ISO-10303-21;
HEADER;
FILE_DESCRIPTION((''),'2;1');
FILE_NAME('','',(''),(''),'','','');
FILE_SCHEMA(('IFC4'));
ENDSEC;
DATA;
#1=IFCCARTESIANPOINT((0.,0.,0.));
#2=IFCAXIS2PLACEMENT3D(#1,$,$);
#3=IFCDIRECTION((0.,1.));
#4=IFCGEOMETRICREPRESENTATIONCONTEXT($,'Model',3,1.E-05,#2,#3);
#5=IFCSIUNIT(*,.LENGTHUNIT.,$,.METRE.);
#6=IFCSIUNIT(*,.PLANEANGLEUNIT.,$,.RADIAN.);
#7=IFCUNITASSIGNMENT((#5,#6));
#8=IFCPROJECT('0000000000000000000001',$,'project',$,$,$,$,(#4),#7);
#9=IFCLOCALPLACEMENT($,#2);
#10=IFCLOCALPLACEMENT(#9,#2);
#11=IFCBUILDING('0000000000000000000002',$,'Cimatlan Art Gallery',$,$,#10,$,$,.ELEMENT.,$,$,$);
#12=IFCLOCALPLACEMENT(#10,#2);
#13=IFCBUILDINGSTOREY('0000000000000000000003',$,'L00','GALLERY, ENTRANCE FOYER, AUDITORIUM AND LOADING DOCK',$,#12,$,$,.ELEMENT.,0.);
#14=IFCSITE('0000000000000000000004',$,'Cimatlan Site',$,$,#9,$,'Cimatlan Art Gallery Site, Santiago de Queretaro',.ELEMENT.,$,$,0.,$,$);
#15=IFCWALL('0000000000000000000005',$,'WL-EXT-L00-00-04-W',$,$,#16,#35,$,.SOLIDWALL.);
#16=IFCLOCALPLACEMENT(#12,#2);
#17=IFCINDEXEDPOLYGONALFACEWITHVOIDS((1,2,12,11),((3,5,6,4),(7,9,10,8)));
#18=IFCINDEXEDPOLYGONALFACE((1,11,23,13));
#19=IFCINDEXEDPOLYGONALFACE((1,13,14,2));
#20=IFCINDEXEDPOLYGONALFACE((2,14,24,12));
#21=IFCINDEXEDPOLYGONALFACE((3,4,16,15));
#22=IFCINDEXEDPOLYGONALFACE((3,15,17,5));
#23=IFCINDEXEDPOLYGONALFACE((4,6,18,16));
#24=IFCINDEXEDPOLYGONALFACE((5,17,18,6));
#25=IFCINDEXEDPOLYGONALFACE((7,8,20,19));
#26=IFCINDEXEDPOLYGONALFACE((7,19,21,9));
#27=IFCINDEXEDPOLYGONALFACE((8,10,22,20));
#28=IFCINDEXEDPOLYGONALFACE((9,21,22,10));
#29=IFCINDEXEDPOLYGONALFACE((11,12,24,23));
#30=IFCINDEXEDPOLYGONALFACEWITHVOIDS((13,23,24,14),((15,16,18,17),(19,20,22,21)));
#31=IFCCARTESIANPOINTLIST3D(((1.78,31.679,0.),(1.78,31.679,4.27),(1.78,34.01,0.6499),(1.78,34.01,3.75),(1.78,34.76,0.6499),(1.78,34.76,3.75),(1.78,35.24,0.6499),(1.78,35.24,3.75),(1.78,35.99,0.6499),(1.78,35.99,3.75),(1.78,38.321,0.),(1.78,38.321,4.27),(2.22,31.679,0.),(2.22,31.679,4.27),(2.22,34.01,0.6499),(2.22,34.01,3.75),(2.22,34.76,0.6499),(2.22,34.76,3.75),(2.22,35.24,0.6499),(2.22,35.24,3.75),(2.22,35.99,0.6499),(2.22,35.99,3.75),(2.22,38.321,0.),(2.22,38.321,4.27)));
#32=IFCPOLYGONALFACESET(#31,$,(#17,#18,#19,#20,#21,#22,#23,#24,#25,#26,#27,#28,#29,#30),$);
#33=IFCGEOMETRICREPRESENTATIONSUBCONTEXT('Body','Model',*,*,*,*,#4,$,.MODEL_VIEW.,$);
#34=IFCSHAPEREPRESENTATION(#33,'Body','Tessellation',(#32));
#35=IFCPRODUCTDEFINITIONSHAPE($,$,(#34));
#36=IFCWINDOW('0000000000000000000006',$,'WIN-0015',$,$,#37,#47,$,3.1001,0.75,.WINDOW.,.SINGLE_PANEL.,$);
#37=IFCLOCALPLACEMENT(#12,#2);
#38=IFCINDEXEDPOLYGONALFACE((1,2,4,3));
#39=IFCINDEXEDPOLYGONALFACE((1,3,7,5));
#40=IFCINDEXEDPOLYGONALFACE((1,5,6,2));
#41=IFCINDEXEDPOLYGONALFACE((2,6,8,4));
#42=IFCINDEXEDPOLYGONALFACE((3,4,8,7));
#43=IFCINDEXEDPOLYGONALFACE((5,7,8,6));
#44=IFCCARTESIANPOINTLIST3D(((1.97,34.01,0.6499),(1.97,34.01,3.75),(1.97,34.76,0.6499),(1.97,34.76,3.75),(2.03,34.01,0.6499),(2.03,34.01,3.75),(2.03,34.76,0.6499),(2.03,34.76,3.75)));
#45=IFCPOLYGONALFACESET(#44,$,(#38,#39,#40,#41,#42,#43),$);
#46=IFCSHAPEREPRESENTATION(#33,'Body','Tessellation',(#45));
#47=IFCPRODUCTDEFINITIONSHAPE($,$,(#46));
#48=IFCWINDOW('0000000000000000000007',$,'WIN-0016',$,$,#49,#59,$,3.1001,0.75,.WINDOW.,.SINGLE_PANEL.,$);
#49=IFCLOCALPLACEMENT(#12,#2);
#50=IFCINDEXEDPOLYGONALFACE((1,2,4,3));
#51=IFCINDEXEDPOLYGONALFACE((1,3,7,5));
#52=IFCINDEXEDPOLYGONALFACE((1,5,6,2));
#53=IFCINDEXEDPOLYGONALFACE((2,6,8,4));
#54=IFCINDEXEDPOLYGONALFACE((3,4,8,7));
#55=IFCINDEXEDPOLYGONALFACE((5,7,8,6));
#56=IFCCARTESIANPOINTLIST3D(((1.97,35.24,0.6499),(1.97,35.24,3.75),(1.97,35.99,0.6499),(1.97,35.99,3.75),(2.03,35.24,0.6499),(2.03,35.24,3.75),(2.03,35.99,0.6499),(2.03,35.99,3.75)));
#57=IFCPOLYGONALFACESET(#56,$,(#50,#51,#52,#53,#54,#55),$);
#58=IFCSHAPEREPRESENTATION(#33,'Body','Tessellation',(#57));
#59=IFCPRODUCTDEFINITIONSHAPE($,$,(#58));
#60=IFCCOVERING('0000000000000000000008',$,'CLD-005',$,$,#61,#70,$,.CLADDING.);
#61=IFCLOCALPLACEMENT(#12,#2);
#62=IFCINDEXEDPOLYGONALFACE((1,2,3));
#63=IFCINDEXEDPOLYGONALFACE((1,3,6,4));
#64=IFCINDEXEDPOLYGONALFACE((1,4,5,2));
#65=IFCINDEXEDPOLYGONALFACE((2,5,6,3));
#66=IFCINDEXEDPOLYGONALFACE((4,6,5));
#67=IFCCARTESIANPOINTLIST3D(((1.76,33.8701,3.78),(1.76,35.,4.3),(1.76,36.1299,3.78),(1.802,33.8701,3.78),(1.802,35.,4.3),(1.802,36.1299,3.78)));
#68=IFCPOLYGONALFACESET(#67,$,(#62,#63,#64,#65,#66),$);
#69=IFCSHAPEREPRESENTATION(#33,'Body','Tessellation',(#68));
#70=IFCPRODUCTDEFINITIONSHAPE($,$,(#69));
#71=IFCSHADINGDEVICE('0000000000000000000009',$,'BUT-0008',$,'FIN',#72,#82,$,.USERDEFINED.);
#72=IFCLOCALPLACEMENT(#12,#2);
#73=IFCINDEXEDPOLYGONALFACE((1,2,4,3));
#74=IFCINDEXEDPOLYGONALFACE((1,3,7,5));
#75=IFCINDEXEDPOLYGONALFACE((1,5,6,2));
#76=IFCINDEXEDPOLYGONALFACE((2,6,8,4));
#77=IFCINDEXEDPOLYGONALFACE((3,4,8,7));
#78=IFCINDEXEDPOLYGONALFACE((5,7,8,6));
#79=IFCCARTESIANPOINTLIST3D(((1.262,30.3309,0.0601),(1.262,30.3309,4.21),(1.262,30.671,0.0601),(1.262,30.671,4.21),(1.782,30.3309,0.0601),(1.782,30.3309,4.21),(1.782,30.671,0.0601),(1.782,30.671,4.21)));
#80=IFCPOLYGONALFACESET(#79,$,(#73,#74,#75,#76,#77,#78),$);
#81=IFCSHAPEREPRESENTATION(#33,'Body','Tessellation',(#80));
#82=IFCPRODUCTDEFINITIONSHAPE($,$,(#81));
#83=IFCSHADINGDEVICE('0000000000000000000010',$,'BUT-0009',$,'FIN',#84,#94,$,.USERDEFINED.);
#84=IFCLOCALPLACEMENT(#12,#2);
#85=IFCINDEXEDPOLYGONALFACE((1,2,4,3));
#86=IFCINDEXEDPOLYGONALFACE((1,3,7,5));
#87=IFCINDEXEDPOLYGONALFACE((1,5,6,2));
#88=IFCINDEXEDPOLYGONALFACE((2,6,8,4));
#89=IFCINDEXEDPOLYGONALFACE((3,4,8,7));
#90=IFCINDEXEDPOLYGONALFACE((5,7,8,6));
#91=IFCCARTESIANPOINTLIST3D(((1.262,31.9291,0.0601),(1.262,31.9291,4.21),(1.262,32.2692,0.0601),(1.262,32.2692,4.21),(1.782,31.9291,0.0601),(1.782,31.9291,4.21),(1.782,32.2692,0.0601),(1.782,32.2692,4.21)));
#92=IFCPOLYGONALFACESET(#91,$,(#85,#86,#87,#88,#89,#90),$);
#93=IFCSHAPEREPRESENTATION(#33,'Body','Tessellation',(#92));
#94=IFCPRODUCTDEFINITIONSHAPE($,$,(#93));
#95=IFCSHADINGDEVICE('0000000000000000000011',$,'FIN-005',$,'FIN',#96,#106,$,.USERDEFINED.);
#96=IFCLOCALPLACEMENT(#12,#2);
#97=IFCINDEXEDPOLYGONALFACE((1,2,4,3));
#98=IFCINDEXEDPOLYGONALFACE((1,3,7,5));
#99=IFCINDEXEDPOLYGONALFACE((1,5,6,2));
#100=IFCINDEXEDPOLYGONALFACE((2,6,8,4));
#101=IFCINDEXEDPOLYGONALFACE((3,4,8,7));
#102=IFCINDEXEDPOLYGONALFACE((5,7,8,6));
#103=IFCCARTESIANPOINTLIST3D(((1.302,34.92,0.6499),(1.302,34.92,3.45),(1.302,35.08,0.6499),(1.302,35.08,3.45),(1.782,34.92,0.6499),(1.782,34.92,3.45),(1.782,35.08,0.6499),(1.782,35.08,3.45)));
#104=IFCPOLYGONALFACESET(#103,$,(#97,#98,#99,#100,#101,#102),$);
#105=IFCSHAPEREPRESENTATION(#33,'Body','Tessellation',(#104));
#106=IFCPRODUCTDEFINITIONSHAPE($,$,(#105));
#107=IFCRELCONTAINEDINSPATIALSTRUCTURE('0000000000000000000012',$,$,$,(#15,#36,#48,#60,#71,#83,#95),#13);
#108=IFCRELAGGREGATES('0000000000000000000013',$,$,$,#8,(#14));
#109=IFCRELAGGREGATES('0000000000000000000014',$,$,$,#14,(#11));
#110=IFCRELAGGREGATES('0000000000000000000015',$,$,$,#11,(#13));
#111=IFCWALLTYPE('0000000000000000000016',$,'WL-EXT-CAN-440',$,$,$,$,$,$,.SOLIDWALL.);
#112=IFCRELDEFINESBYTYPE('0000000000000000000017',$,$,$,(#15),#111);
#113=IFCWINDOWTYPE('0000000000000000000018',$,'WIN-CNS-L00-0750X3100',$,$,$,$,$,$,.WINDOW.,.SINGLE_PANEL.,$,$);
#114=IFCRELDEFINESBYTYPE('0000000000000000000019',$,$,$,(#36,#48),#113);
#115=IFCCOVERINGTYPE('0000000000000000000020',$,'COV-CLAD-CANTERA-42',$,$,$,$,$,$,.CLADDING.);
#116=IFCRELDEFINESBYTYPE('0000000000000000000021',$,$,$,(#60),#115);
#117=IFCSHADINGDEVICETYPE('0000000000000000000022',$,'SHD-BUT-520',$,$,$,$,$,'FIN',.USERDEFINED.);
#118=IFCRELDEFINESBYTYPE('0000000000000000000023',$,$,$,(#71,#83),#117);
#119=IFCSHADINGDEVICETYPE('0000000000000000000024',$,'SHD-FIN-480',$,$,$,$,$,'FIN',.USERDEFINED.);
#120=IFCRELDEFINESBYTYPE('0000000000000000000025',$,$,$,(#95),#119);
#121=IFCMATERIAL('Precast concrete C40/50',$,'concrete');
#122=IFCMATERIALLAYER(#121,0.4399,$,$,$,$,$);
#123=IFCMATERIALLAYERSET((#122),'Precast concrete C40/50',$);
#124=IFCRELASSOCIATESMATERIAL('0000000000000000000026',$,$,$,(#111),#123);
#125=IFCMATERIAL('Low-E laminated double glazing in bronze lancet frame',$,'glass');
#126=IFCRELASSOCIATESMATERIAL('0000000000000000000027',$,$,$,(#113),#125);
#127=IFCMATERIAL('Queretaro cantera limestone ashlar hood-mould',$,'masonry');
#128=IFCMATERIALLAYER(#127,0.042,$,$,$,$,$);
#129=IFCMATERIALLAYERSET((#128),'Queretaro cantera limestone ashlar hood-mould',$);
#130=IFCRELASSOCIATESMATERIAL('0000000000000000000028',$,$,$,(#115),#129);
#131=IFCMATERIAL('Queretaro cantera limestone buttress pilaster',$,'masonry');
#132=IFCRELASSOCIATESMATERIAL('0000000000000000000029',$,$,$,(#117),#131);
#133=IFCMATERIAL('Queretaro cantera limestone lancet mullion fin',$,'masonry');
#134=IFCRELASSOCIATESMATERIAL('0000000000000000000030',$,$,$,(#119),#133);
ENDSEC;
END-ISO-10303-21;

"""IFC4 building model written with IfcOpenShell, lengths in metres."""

from ifc_helpers import new_model, si_unit, direction, frame, frame_2d, origin, origin_2d, place, context, subcontext, project, spatial, polyline, rectangle, outline, extrude, material, layer, layer_set, type_object, element, fill, save


model = new_model("IFC4")

# Units and contexts
model_context = context("Model", 3, precision=1e-05, world=origin(), true_north=direction((0.0, 1.0)))
body_context = subcontext(model_context, "Body", "Model", "MODEL_VIEW")
ifc_project = project(units=[si_unit("LENGTHUNIT", "METRE"), si_unit("PLANEANGLEUNIT", "RADIAN")], contexts=[model_context])

# Site, building, storey
site_placement = place(None, origin())
site = spatial("IfcSite", under=ifc_project, at=site_placement, Name="Cimatlan Site", LongName="Cimatlan Art Gallery Site, Santiago de Queretaro", CompositionType="ELEMENT", RefElevation=0.0)
building_placement = place(site_placement, origin())
building = spatial("IfcBuilding", under=site, at=building_placement, Name="Cimatlan Art Gallery", CompositionType="ELEMENT")
storey_placement = place(building_placement, origin())
storey = spatial("IfcBuildingStorey", under=building, at=storey_placement, Name="L00", Description="GALLERY, ENTRANCE FOYER, AUDITORIUM AND LOADING DOCK", CompositionType="ELEMENT", Elevation=0.0)

# Shared definitions
ifc_material_1 = material(Name="Precast concrete C40/50", Category="concrete")

# Wall, openings, windows
ifc_layer_1 = layer(ifc_material_1, 0.4399)
ifc_layer_set_1 = layer_set([ifc_layer_1], Name="Precast concrete C40/50")
wall_type_1 = type_object("IfcWallType", Name="WL-EXT-CAN-440", PredefinedType="SOLIDWALL", material=ifc_layer_set_1)
wall_1_placement = place(storey_placement, frame((2.0, 31.679, 0.0), z_axis=(0.0, 0.0, 1.0), x_axis=(0.0, 1.0, 0.0)))
wall_1 = element("IfcWall", 1, at=wall_1_placement, inside=storey, type_object=wall_type_1, Name="WL-EXT-L00-00-04-W", PredefinedType="SOLIDWALL", context=body_context, shape_type="SweptSolid", body=[
    extrude(rectangle(XDim=6.6421, YDim=0.4399, at=frame_2d((3.321, 0.0))), origin(), (0.0, 0.0, 1.0), 4.27),
])
opening_1_placement = place(wall_1_placement, frame((2.3311, 0.0, 0.6499)))
opening_1 = element("IfcOpeningElement", 2, at=opening_1_placement, cuts=wall_1, PredefinedType="OPENING", context=body_context, shape_type="SweptSolid", body=[
    extrude(rectangle(XDim=0.75, YDim=3.1001, at=frame_2d((0.375, 1.55))), frame((0.0, 0.23, 0.0), z_axis=(0.0, -1.0, 0.0), x_axis=(1.0, 0.0, 0.0)), (0.0, 0.0, 1.0), 0.46),
])
opening_2_placement = place(wall_1_placement, frame((3.561, 0.0, 0.6499)))
opening_2 = element("IfcOpeningElement", 3, at=opening_2_placement, cuts=wall_1, PredefinedType="OPENING", context=body_context, shape_type="SweptSolid", body=[
    extrude(rectangle(XDim=0.75, YDim=3.1001, at=frame_2d((0.375, 1.55))), frame((0.0, 0.23, 0.0), z_axis=(0.0, -1.0, 0.0), x_axis=(1.0, 0.0, 0.0)), (0.0, 0.0, 1.0), 0.46),
])
ifc_material_2 = material(Name="Low-E laminated double glazing in bronze lancet frame", Category="glass")
window_type = type_object("IfcWindowType", Name="WIN-CNS-L00-0750X3100", PartitioningType="SINGLE_PANEL", PredefinedType="WINDOW", material=ifc_material_2)
window_1_placement = place(opening_1_placement, origin())
window_1 = element("IfcWindow", 4, at=window_1_placement, inside=storey, type_object=window_type, Name="WIN-0015", OverallHeight=3.1001, OverallWidth=0.75, PartitioningType="SINGLE_PANEL", PredefinedType="WINDOW", context=body_context, shape_type="SweptSolid", body=[
    extrude(rectangle(XDim=0.75, YDim=3.1001, at=frame_2d((0.375, 1.55))), frame((0.0, 0.03, 0.0), z_axis=(0.0, -1.0, 0.0), x_axis=(1.0, 0.0, 0.0)), (0.0, 0.0, 1.0), 0.0601),
])
fill(opening_1, window_1)
window_2_placement = place(opening_2_placement, origin())
window_2 = element("IfcWindow", 5, at=window_2_placement, inside=storey, type_object=window_type, Name="WIN-0016", OverallHeight=3.1001, OverallWidth=0.75, PartitioningType="SINGLE_PANEL", PredefinedType="WINDOW", context=body_context, shape_type="SweptSolid", body=[
    extrude(rectangle(XDim=0.75, YDim=3.1001, at=frame_2d((0.375, 1.55))), frame((0.0, 0.03, 0.0), z_axis=(0.0, -1.0, 0.0), x_axis=(1.0, 0.0, 0.0)), (0.0, 0.0, 1.0), 0.0601),
])
fill(opening_2, window_2)

# Covering
ifc_material_3 = material(Name="Queretaro cantera limestone ashlar hood-mould", Category="masonry")
ifc_layer_2 = layer(ifc_material_3, 0.042)
ifc_layer_set_2 = layer_set([ifc_layer_2], Name="Queretaro cantera limestone ashlar hood-mould")
covering_type = type_object("IfcCoveringType", Name="COV-CLAD-CANTERA-42", PredefinedType="CLADDING", material=ifc_layer_set_2)
covering_placement = place(storey_placement, frame((1.802, 33.8701, 3.78), z_axis=(1.0, 0.0, 0.0), x_axis=(0.0, 1.0, 0.0)))
element("IfcCovering", 6, at=covering_placement, inside=storey, type_object=covering_type, Name="CLD-005", PredefinedType="CLADDING", context=body_context, shape_type="SweptSolid", body=[
    extrude(outline(polyline([(0.0, 0.0), (2.2598, 0.0), (1.1299, 0.52), (0.0, 0.0)])), origin(), (0.0, 0.0, -1.0), 0.042),
])

# Shading devices
ifc_material_4 = material(Name="Queretaro cantera limestone buttress pilaster", Category="masonry")
shading_device_type_1 = type_object("IfcShadingDeviceType", Name="SHD-BUT-520", ElementType="FIN", PredefinedType="USERDEFINED", material=ifc_material_4)
for number, where, z_axis, x_axis, name in (
    (7, (1.522, 30.501, 0.0601), (0.0, 0.0, 1.0), (0.0, 1.0, 0.0), "BUT-0008"),
    (8, (1.522, 32.0991, 0.0601), (0.0, 0.0, 1.0), (0.0, 1.0, 0.0), "BUT-0009"),
):
    element("IfcShadingDevice", number, at=place(storey_placement, frame(where, z_axis=z_axis, x_axis=x_axis)), inside=storey, type_object=shading_device_type_1, Name=name, ObjectType="FIN", PredefinedType="USERDEFINED", context=body_context, shape_type="SweptSolid", body=[
        extrude(rectangle(XDim=0.3401, YDim=0.52, at=origin_2d()), origin(), (0.0, 0.0, 1.0), 4.1499),
    ])
ifc_material_5 = material(Name="Queretaro cantera limestone lancet mullion fin", Category="masonry")
shading_device_type_2 = type_object("IfcShadingDeviceType", Name="SHD-FIN-480", ElementType="FIN", PredefinedType="USERDEFINED", material=ifc_material_5)
shading_device_placement = place(storey_placement, frame((1.542, 35.0, 0.6499), z_axis=(0.0, 0.0, 1.0), x_axis=(0.0, 1.0, 0.0)))
element("IfcShadingDevice", 9, at=shading_device_placement, inside=storey, type_object=shading_device_type_2, Name="FIN-005", ObjectType="FIN", PredefinedType="USERDEFINED", context=body_context, shape_type="SweptSolid", body=[
    extrude(rectangle(XDim=0.1599, YDim=0.48, at=origin_2d()), origin(), (0.0, 0.0, 1.0), 2.8),
])

save(model, "model.ifc")
